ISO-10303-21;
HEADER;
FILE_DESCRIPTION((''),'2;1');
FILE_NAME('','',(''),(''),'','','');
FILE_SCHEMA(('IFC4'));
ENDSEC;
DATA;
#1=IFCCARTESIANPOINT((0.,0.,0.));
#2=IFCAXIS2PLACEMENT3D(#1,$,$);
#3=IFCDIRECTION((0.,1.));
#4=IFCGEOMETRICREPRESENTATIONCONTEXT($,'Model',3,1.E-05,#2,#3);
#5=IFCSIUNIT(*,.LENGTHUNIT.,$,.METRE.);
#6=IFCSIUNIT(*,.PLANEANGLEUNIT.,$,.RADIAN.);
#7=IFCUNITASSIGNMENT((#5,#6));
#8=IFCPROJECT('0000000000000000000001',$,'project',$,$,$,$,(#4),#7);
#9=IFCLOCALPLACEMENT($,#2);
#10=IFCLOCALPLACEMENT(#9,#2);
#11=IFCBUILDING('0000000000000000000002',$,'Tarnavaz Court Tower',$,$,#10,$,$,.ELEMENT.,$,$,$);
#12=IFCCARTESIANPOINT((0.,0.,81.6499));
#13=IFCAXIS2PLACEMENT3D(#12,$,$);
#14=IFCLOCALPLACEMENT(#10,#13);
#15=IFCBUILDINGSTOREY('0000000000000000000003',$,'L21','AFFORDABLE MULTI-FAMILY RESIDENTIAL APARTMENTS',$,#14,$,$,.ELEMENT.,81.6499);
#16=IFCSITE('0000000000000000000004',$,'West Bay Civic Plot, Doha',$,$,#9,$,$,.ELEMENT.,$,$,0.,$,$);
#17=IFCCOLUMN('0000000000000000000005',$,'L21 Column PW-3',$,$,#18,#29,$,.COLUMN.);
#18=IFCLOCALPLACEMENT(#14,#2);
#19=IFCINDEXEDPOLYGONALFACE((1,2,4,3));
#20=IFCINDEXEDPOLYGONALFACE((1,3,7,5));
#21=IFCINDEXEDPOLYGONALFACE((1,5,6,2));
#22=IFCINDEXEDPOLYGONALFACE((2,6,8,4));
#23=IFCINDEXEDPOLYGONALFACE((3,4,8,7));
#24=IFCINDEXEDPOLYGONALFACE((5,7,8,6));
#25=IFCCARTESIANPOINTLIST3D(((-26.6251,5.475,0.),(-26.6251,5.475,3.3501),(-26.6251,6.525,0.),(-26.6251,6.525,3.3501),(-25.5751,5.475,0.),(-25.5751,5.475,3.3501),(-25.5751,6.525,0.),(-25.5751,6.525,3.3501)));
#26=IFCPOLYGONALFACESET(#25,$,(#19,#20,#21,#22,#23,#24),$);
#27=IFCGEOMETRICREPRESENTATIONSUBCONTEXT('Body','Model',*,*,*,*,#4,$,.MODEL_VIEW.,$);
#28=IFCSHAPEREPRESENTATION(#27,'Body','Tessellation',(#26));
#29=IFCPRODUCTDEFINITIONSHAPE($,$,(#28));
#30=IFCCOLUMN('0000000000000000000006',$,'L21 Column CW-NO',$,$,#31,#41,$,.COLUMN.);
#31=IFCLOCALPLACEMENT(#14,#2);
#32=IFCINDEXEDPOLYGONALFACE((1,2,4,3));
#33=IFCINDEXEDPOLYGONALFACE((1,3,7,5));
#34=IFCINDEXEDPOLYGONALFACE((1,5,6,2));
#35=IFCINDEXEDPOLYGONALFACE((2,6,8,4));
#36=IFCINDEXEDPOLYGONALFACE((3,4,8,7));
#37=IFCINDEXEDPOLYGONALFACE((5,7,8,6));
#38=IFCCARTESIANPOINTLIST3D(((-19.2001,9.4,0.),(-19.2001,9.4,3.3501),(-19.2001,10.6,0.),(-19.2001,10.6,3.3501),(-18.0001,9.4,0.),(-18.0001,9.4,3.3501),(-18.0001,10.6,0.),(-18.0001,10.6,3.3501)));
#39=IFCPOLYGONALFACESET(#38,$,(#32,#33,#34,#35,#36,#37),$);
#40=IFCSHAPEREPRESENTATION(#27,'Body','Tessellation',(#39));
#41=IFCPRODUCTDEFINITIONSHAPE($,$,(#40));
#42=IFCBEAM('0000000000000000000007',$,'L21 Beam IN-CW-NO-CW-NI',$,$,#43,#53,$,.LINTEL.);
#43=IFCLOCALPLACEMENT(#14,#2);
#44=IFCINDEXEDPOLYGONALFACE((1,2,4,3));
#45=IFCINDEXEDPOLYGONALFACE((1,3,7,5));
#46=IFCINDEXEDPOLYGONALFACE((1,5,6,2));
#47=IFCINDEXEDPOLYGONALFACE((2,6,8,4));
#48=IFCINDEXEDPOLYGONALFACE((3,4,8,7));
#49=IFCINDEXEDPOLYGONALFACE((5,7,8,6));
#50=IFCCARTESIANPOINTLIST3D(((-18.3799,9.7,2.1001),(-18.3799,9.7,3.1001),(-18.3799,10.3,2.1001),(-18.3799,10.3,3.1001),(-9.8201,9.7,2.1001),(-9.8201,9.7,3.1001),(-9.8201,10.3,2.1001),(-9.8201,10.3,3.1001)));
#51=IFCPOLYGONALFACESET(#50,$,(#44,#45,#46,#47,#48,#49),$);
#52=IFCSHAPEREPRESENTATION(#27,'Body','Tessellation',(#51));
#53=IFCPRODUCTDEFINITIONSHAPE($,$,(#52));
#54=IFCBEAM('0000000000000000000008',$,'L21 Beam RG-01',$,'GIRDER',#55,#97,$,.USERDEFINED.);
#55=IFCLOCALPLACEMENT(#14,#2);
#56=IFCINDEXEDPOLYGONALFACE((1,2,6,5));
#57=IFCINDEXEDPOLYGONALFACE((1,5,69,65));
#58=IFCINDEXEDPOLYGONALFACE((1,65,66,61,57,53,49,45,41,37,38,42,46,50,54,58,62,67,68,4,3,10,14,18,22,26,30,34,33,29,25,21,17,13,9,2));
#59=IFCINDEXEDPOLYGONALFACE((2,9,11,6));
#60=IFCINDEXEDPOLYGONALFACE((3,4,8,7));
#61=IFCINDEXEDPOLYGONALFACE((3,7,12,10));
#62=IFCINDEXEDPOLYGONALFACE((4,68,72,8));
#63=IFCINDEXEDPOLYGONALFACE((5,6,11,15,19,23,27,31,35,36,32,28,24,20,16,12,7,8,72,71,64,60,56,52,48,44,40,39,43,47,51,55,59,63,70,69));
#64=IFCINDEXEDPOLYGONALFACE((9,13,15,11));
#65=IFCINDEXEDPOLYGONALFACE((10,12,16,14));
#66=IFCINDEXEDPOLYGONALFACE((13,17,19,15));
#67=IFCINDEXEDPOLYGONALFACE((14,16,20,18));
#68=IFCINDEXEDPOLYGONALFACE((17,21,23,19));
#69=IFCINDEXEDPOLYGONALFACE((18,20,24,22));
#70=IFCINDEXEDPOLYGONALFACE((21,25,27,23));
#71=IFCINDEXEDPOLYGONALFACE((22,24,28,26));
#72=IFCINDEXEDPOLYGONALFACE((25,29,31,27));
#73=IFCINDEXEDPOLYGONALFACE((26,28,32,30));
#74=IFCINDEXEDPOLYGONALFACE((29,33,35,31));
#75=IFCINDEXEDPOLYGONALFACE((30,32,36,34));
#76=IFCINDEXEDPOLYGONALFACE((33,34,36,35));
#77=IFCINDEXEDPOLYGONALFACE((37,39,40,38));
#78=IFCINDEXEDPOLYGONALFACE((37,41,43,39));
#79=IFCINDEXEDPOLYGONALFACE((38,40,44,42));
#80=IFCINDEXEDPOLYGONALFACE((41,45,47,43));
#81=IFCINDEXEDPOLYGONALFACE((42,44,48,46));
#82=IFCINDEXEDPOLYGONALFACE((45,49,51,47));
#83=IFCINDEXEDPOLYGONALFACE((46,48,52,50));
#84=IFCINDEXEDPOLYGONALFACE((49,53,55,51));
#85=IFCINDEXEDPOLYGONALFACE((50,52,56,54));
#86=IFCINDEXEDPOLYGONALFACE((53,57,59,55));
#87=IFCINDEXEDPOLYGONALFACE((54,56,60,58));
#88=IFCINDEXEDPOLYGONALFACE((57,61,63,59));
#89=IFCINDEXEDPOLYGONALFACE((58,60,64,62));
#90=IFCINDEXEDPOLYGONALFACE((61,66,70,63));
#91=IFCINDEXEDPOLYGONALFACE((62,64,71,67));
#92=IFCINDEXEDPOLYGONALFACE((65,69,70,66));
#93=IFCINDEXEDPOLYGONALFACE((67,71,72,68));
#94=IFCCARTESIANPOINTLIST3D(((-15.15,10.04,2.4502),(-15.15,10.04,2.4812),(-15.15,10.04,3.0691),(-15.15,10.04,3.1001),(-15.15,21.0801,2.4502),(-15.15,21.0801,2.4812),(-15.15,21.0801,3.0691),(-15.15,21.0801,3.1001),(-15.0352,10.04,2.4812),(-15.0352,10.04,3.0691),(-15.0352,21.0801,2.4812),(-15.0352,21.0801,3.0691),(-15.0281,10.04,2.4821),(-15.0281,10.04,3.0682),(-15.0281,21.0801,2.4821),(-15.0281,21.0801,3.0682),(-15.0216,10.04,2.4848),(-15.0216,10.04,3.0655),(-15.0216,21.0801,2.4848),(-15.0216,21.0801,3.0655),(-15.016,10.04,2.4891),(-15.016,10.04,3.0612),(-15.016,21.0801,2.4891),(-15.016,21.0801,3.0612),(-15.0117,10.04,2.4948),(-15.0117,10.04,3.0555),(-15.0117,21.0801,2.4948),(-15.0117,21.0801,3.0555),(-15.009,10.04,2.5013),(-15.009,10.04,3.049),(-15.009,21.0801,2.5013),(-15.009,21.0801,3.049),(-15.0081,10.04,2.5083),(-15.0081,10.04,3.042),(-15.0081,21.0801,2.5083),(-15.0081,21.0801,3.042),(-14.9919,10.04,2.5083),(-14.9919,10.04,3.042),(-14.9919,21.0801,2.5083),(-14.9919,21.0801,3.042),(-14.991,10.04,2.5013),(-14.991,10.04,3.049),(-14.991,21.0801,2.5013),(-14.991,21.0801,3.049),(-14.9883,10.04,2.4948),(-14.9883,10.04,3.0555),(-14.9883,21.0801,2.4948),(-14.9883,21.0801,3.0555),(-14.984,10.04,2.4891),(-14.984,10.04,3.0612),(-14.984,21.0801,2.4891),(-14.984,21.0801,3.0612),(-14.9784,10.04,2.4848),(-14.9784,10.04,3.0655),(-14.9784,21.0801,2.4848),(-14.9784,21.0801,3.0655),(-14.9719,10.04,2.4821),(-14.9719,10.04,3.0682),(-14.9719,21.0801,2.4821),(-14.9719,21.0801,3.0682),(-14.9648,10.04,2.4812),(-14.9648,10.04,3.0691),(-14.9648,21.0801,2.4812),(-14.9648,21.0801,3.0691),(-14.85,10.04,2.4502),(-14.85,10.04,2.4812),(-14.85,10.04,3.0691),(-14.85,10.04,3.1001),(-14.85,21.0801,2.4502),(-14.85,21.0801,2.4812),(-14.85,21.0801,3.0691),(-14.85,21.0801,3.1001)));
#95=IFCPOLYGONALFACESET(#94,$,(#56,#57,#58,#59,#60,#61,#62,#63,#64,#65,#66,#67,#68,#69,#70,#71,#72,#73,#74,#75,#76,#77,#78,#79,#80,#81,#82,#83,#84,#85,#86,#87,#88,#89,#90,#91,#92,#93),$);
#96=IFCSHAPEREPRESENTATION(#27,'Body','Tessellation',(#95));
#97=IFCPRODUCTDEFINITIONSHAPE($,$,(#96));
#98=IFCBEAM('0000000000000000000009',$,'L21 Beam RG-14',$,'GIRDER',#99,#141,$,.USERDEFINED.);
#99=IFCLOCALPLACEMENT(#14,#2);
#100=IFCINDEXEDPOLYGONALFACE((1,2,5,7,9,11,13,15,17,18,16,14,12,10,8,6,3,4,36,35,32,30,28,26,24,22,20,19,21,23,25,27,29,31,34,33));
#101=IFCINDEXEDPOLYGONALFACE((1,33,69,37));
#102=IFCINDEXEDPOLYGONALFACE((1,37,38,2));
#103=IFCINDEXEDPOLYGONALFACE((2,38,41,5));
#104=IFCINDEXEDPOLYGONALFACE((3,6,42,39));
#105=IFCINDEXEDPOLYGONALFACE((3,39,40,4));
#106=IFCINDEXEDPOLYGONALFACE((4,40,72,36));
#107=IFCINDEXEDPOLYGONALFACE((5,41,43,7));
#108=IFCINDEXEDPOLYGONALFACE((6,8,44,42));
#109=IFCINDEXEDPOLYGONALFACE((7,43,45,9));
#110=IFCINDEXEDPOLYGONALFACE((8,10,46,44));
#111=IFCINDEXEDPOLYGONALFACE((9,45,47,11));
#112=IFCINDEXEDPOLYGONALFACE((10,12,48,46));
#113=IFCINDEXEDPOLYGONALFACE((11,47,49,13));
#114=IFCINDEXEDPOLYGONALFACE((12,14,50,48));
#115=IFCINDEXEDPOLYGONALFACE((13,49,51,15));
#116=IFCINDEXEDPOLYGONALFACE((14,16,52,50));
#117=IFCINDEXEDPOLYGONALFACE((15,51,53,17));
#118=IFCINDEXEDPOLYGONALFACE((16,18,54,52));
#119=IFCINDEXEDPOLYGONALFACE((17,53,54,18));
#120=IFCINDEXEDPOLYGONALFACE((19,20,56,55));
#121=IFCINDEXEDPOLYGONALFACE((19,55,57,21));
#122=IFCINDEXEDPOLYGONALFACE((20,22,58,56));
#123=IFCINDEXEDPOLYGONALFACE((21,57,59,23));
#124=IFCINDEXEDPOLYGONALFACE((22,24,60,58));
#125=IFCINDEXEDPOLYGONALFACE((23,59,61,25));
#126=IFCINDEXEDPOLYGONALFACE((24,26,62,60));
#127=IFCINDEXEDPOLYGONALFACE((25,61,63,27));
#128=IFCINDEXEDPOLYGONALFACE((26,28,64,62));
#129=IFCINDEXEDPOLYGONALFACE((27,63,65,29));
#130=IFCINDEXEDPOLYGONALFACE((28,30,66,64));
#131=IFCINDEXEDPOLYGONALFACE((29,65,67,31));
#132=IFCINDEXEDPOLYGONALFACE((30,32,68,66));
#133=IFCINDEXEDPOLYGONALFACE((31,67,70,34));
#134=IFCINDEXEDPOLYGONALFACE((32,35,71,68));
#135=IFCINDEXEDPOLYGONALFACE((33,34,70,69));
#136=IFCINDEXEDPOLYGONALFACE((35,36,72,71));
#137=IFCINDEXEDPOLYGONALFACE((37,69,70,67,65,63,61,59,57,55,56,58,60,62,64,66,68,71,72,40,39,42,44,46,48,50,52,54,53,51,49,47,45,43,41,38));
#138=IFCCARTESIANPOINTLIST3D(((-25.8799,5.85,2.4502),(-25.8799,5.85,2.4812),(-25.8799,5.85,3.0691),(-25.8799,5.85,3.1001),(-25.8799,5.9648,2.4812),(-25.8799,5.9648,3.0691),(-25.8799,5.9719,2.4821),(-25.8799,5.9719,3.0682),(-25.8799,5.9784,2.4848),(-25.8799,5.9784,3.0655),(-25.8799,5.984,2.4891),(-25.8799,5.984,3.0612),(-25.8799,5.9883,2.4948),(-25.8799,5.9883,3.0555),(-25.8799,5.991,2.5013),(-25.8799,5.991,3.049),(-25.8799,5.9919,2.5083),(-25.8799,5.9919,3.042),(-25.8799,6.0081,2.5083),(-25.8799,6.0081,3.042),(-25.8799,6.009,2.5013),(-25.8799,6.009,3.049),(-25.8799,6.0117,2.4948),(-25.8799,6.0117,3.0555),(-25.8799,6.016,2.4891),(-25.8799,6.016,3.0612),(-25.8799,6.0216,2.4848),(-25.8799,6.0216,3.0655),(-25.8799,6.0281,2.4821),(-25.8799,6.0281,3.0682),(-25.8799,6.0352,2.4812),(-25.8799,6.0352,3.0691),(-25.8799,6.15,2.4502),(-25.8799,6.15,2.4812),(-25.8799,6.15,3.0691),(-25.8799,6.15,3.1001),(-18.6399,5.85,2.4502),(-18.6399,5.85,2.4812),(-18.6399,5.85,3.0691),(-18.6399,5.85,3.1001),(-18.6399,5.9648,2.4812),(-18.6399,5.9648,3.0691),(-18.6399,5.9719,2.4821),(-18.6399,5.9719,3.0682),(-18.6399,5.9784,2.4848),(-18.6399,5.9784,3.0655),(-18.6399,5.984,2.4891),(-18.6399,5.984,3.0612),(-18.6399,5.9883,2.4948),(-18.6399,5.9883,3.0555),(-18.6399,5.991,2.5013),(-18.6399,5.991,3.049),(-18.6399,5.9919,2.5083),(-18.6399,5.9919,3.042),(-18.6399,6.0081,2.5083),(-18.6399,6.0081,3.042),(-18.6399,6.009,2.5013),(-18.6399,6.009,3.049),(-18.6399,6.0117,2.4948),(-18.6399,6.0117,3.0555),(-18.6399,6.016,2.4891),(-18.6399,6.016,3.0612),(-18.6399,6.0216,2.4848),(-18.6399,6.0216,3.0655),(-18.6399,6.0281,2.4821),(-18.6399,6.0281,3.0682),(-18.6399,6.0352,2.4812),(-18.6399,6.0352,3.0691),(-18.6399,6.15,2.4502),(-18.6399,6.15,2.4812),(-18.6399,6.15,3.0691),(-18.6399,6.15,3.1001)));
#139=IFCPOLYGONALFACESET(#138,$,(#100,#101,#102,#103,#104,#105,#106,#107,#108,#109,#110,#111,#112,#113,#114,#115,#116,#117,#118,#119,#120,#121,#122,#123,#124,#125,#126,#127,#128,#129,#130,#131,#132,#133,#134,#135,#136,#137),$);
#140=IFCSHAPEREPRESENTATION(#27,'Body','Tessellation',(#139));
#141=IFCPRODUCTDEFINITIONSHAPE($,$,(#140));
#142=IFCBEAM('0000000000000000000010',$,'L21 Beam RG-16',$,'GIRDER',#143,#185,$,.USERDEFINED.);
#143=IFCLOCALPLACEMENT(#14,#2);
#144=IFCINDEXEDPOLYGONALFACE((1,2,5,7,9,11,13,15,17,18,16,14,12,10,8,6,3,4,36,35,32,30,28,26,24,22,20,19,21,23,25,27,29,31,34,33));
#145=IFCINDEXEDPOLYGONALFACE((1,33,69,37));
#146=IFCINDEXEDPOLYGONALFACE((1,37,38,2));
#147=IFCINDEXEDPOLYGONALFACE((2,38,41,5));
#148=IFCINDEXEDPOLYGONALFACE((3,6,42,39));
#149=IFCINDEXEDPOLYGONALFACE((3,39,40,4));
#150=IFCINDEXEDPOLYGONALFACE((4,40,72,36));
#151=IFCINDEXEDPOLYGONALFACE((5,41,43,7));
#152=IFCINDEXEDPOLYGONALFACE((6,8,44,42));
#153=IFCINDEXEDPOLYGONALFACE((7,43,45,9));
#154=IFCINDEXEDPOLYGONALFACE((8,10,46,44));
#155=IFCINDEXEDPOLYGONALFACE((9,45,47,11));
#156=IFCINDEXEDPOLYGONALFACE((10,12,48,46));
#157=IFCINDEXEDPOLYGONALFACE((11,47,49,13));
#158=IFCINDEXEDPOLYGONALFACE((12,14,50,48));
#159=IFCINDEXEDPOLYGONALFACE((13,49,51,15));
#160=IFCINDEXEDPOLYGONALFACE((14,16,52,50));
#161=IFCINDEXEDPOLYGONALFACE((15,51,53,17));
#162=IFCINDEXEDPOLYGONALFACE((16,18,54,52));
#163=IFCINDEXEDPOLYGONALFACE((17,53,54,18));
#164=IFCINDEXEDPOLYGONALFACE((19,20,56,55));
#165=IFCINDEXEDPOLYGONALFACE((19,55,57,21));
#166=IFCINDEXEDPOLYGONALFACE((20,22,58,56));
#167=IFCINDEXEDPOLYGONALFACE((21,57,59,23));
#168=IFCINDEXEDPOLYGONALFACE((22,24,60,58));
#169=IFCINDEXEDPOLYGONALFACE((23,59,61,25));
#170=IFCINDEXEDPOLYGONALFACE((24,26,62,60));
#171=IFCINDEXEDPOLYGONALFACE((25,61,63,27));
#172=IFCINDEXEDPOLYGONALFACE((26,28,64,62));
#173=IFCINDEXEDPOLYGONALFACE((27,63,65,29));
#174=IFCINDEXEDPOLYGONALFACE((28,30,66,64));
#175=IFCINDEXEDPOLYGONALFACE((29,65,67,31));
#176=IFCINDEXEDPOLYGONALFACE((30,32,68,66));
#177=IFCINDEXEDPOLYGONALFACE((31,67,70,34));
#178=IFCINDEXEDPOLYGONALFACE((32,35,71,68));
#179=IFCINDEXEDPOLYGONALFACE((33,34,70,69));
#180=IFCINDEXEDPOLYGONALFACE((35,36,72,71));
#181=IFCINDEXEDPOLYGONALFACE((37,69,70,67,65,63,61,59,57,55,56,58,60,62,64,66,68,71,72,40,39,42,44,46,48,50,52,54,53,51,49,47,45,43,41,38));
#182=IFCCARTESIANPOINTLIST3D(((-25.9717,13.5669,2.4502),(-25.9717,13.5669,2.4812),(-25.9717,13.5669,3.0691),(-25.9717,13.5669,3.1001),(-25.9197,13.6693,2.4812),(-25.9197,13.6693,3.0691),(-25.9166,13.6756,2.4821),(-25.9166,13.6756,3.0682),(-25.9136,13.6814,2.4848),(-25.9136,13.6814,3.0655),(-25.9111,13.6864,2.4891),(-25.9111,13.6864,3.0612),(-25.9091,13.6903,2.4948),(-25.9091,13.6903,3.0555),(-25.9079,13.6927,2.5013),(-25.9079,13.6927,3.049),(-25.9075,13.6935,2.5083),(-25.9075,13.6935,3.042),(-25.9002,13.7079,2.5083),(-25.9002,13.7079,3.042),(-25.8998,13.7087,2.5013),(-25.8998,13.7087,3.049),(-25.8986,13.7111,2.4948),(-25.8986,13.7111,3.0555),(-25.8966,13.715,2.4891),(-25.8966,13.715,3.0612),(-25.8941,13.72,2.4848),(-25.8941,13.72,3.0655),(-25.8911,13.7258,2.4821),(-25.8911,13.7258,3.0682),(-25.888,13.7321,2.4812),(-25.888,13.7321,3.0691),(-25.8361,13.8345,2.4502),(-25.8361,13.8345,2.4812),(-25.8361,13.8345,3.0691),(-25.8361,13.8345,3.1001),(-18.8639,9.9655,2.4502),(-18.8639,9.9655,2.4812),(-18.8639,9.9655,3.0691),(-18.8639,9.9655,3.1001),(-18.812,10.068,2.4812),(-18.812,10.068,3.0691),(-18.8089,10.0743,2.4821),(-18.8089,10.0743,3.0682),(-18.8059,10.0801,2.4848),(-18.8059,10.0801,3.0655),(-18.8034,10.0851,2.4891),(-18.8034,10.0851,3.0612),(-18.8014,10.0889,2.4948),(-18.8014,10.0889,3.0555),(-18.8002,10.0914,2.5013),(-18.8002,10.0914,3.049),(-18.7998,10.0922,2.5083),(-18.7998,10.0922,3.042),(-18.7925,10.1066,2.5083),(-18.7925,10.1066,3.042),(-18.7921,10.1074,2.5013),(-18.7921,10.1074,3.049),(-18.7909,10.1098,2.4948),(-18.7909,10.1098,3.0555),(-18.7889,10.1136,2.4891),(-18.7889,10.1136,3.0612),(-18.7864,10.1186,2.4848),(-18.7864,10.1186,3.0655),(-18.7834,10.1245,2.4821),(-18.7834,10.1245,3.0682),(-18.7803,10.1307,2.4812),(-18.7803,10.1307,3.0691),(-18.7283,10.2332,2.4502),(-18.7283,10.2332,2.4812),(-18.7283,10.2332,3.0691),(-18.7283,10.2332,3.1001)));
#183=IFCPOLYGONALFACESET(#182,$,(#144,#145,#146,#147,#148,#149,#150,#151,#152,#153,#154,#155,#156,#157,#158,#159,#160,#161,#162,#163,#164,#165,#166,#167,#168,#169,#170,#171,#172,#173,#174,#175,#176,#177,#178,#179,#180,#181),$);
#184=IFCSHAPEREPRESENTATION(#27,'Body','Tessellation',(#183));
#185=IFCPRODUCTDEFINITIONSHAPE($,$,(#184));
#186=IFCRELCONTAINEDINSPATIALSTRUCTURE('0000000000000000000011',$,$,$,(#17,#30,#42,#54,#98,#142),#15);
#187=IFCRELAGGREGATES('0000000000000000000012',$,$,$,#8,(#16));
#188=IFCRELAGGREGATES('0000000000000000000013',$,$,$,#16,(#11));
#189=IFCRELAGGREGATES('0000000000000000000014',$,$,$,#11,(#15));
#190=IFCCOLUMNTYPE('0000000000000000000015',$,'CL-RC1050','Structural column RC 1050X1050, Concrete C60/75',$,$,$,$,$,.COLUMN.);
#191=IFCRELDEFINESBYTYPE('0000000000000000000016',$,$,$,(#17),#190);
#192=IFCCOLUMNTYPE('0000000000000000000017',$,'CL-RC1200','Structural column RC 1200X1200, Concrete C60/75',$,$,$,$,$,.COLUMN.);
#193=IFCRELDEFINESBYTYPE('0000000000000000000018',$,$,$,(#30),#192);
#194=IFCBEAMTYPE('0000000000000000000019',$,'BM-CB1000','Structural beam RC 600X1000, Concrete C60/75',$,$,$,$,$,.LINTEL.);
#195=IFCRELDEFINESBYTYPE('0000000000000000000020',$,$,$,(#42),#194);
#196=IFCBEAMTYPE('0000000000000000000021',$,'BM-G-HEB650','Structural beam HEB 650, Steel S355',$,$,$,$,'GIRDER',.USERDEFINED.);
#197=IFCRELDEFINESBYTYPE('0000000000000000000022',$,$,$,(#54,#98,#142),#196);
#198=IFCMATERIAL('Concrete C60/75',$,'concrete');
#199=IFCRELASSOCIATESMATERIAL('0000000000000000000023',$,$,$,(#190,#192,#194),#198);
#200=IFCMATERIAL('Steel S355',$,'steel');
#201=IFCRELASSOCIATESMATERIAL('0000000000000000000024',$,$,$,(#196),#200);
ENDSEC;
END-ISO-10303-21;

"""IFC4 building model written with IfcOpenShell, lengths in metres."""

from ifc_helpers import new_model, si_unit, direction, frame, origin, origin_2d, place, context, subcontext, project, spatial, rectangle, i_section, extrude, material, material_profile, profile_set, type_object, element, save


model = new_model("IFC4")

# Units and contexts
model_context = context("Model", 3, precision=1e-05, world=origin(), true_north=direction((0.0, 1.0)))
body_context = subcontext(model_context, "Body", "Model", "MODEL_VIEW")
ifc_project = project(units=[si_unit("LENGTHUNIT", "METRE"), si_unit("PLANEANGLEUNIT", "RADIAN")], contexts=[model_context])

# Site, building, storey
site_placement = place(None, origin())
site = spatial("IfcSite", under=ifc_project, at=site_placement, Name="West Bay Civic Plot, Doha", CompositionType="ELEMENT", RefElevation=0.0)
building_placement = place(site_placement, origin())
building = spatial("IfcBuilding", under=site, at=building_placement, Name="Tarnavaz Court Tower", CompositionType="ELEMENT")
storey_placement = place(building_placement, frame((0.0, 0.0, 81.6499)))
storey = spatial("IfcBuildingStorey", under=building, at=storey_placement, Name="L21", Description="AFFORDABLE MULTI-FAMILY RESIDENTIAL APARTMENTS", CompositionType="ELEMENT", Elevation=81.6499)

# Columns
ifc_material_1 = material(Name="Concrete C60/75", Category="concrete")
ifc_material_profile_1 = material_profile(ifc_material_1, rectangle(XDim=1.05, YDim=1.05, at=origin_2d()), Name="RC 1050X1050")
ifc_profile_set_1 = profile_set([ifc_material_profile_1], Name="Concrete C60/75")
column_type_1 = type_object("IfcColumnType", Name="CL-RC1050", Description="Structural column RC 1050X1050, Concrete C60/75", PredefinedType="COLUMN", material=ifc_profile_set_1)
column_1_placement = place(storey_placement, frame((-26.1001, 6.0, 0.0), z_axis=(0.0, 0.0, 1.0), x_axis=(1.0, 0.0, 0.0)))
element("IfcColumn", 1, at=column_1_placement, inside=storey, type_object=column_type_1, Name="L21 Column PW-3", PredefinedType="COLUMN", context=body_context, shape_type="SweptSolid", body=[
    extrude(rectangle(XDim=1.05, YDim=1.05, at=origin_2d()), origin(), (0.0, 0.0, 1.0), 3.3501),
])
ifc_material_profile_2 = material_profile(ifc_material_1, rectangle(XDim=1.2, YDim=1.2, at=origin_2d()), Name="RC 1200X1200")
ifc_profile_set_2 = profile_set([ifc_material_profile_2], Name="Concrete C60/75")
column_type_2 = type_object("IfcColumnType", Name="CL-RC1200", Description="Structural column RC 1200X1200, Concrete C60/75", PredefinedType="COLUMN", material=ifc_profile_set_2)
column_2_placement = place(storey_placement, frame((-18.6001, 10.0, 0.0), z_axis=(0.0, 0.0, 1.0), x_axis=(1.0, 0.0, 0.0)))
element("IfcColumn", 2, at=column_2_placement, inside=storey, type_object=column_type_2, Name="L21 Column CW-NO", PredefinedType="COLUMN", context=body_context, shape_type="SweptSolid", body=[
    extrude(rectangle(XDim=1.2, YDim=1.2, at=origin_2d()), origin(), (0.0, 0.0, 1.0), 3.3501),
])

# Beams
ifc_material_profile_3 = material_profile(ifc_material_1, rectangle(XDim=0.6001, YDim=1.0, at=origin_2d()), Name="RC 600X1000")
ifc_profile_set_3 = profile_set([ifc_material_profile_3], Name="Concrete C60/75")
beam_type_1 = type_object("IfcBeamType", Name="BM-CB1000", Description="Structural beam RC 600X1000, Concrete C60/75", PredefinedType="LINTEL", material=ifc_profile_set_3)
beam_1_placement = place(storey_placement, frame((-18.3799, 10.0, 2.6001), z_axis=(1.0, 0.0, 0.0), x_axis=(0.0, 1.0, 0.0)))
element("IfcBeam", 3, at=beam_1_placement, inside=storey, type_object=beam_type_1, Name="L21 Beam IN-CW-NO-CW-NI", PredefinedType="LINTEL", context=body_context, shape_type="SweptSolid", body=[
    extrude(rectangle(XDim=0.6001, YDim=1.0, at=origin_2d()), origin(), (0.0, 0.0, 1.0), 8.5598),
])
ifc_material_2 = material(Name="Steel S355", Category="steel")
ifc_material_profile_4 = material_profile(ifc_material_2, i_section(OverallWidth=0.3, OverallDepth=0.6499, WebThickness=0.0161, FlangeThickness=0.031, FilletRadius=0.0271, at=origin_2d()), Name="HEB 650")
ifc_profile_set_4 = profile_set([ifc_material_profile_4], Name="Steel S355")
beam_type_2 = type_object("IfcBeamType", Name="BM-G-HEB650", Description="Structural beam HEB 650, Steel S355", ElementType="GIRDER", PredefinedType="USERDEFINED", material=ifc_profile_set_4)
beam_2_placement = place(storey_placement, frame((-15.0, 10.04, 2.7751), z_axis=(0.0, 1.0, 0.0), x_axis=(-1.0, 0.0, 0.0)))
element("IfcBeam", 4, at=beam_2_placement, inside=storey, type_object=beam_type_2, Name="L21 Beam RG-01", ObjectType="GIRDER", PredefinedType="USERDEFINED", context=body_context, shape_type="SweptSolid", body=[
    extrude(i_section(OverallWidth=0.3, OverallDepth=0.6499, WebThickness=0.0161, FlangeThickness=0.031, FilletRadius=0.0271, at=origin_2d()), origin(), (0.0, 0.0, 1.0), 11.04),
])
beam_3_placement = place(storey_placement, frame((-18.6399, 6.0, 2.7751), z_axis=(-1.0, 0.0, 0.0), x_axis=(0.0, -1.0, 0.0)))
element("IfcBeam", 5, at=beam_3_placement, inside=storey, type_object=beam_type_2, Name="L21 Beam RG-14", ObjectType="GIRDER", PredefinedType="USERDEFINED", context=body_context, shape_type="SweptSolid", body=[
    extrude(i_section(OverallWidth=0.3, OverallDepth=0.6499, WebThickness=0.0161, FlangeThickness=0.031, FilletRadius=0.0271, at=origin_2d()), origin(), (0.0, 0.0, 1.0), 7.24),
])
beam_4_placement = place(storey_placement, frame((-18.7961, 10.0994, 2.7751), z_axis=(-0.892031, 0.451975, 0.0), x_axis=(-0.451975, -0.892031, 0.0)))
element("IfcBeam", 6, at=beam_4_placement, inside=storey, type_object=beam_type_2, Name="L21 Beam RG-16", ObjectType="GIRDER", PredefinedType="USERDEFINED", context=body_context, shape_type="SweptSolid", body=[
    extrude(i_section(OverallWidth=0.3, OverallDepth=0.6499, WebThickness=0.0161, FlangeThickness=0.031, FilletRadius=0.0271, at=origin_2d()), origin(), (0.0, 0.0, 1.0), 7.968),
])

save(model, "model.ifc")
